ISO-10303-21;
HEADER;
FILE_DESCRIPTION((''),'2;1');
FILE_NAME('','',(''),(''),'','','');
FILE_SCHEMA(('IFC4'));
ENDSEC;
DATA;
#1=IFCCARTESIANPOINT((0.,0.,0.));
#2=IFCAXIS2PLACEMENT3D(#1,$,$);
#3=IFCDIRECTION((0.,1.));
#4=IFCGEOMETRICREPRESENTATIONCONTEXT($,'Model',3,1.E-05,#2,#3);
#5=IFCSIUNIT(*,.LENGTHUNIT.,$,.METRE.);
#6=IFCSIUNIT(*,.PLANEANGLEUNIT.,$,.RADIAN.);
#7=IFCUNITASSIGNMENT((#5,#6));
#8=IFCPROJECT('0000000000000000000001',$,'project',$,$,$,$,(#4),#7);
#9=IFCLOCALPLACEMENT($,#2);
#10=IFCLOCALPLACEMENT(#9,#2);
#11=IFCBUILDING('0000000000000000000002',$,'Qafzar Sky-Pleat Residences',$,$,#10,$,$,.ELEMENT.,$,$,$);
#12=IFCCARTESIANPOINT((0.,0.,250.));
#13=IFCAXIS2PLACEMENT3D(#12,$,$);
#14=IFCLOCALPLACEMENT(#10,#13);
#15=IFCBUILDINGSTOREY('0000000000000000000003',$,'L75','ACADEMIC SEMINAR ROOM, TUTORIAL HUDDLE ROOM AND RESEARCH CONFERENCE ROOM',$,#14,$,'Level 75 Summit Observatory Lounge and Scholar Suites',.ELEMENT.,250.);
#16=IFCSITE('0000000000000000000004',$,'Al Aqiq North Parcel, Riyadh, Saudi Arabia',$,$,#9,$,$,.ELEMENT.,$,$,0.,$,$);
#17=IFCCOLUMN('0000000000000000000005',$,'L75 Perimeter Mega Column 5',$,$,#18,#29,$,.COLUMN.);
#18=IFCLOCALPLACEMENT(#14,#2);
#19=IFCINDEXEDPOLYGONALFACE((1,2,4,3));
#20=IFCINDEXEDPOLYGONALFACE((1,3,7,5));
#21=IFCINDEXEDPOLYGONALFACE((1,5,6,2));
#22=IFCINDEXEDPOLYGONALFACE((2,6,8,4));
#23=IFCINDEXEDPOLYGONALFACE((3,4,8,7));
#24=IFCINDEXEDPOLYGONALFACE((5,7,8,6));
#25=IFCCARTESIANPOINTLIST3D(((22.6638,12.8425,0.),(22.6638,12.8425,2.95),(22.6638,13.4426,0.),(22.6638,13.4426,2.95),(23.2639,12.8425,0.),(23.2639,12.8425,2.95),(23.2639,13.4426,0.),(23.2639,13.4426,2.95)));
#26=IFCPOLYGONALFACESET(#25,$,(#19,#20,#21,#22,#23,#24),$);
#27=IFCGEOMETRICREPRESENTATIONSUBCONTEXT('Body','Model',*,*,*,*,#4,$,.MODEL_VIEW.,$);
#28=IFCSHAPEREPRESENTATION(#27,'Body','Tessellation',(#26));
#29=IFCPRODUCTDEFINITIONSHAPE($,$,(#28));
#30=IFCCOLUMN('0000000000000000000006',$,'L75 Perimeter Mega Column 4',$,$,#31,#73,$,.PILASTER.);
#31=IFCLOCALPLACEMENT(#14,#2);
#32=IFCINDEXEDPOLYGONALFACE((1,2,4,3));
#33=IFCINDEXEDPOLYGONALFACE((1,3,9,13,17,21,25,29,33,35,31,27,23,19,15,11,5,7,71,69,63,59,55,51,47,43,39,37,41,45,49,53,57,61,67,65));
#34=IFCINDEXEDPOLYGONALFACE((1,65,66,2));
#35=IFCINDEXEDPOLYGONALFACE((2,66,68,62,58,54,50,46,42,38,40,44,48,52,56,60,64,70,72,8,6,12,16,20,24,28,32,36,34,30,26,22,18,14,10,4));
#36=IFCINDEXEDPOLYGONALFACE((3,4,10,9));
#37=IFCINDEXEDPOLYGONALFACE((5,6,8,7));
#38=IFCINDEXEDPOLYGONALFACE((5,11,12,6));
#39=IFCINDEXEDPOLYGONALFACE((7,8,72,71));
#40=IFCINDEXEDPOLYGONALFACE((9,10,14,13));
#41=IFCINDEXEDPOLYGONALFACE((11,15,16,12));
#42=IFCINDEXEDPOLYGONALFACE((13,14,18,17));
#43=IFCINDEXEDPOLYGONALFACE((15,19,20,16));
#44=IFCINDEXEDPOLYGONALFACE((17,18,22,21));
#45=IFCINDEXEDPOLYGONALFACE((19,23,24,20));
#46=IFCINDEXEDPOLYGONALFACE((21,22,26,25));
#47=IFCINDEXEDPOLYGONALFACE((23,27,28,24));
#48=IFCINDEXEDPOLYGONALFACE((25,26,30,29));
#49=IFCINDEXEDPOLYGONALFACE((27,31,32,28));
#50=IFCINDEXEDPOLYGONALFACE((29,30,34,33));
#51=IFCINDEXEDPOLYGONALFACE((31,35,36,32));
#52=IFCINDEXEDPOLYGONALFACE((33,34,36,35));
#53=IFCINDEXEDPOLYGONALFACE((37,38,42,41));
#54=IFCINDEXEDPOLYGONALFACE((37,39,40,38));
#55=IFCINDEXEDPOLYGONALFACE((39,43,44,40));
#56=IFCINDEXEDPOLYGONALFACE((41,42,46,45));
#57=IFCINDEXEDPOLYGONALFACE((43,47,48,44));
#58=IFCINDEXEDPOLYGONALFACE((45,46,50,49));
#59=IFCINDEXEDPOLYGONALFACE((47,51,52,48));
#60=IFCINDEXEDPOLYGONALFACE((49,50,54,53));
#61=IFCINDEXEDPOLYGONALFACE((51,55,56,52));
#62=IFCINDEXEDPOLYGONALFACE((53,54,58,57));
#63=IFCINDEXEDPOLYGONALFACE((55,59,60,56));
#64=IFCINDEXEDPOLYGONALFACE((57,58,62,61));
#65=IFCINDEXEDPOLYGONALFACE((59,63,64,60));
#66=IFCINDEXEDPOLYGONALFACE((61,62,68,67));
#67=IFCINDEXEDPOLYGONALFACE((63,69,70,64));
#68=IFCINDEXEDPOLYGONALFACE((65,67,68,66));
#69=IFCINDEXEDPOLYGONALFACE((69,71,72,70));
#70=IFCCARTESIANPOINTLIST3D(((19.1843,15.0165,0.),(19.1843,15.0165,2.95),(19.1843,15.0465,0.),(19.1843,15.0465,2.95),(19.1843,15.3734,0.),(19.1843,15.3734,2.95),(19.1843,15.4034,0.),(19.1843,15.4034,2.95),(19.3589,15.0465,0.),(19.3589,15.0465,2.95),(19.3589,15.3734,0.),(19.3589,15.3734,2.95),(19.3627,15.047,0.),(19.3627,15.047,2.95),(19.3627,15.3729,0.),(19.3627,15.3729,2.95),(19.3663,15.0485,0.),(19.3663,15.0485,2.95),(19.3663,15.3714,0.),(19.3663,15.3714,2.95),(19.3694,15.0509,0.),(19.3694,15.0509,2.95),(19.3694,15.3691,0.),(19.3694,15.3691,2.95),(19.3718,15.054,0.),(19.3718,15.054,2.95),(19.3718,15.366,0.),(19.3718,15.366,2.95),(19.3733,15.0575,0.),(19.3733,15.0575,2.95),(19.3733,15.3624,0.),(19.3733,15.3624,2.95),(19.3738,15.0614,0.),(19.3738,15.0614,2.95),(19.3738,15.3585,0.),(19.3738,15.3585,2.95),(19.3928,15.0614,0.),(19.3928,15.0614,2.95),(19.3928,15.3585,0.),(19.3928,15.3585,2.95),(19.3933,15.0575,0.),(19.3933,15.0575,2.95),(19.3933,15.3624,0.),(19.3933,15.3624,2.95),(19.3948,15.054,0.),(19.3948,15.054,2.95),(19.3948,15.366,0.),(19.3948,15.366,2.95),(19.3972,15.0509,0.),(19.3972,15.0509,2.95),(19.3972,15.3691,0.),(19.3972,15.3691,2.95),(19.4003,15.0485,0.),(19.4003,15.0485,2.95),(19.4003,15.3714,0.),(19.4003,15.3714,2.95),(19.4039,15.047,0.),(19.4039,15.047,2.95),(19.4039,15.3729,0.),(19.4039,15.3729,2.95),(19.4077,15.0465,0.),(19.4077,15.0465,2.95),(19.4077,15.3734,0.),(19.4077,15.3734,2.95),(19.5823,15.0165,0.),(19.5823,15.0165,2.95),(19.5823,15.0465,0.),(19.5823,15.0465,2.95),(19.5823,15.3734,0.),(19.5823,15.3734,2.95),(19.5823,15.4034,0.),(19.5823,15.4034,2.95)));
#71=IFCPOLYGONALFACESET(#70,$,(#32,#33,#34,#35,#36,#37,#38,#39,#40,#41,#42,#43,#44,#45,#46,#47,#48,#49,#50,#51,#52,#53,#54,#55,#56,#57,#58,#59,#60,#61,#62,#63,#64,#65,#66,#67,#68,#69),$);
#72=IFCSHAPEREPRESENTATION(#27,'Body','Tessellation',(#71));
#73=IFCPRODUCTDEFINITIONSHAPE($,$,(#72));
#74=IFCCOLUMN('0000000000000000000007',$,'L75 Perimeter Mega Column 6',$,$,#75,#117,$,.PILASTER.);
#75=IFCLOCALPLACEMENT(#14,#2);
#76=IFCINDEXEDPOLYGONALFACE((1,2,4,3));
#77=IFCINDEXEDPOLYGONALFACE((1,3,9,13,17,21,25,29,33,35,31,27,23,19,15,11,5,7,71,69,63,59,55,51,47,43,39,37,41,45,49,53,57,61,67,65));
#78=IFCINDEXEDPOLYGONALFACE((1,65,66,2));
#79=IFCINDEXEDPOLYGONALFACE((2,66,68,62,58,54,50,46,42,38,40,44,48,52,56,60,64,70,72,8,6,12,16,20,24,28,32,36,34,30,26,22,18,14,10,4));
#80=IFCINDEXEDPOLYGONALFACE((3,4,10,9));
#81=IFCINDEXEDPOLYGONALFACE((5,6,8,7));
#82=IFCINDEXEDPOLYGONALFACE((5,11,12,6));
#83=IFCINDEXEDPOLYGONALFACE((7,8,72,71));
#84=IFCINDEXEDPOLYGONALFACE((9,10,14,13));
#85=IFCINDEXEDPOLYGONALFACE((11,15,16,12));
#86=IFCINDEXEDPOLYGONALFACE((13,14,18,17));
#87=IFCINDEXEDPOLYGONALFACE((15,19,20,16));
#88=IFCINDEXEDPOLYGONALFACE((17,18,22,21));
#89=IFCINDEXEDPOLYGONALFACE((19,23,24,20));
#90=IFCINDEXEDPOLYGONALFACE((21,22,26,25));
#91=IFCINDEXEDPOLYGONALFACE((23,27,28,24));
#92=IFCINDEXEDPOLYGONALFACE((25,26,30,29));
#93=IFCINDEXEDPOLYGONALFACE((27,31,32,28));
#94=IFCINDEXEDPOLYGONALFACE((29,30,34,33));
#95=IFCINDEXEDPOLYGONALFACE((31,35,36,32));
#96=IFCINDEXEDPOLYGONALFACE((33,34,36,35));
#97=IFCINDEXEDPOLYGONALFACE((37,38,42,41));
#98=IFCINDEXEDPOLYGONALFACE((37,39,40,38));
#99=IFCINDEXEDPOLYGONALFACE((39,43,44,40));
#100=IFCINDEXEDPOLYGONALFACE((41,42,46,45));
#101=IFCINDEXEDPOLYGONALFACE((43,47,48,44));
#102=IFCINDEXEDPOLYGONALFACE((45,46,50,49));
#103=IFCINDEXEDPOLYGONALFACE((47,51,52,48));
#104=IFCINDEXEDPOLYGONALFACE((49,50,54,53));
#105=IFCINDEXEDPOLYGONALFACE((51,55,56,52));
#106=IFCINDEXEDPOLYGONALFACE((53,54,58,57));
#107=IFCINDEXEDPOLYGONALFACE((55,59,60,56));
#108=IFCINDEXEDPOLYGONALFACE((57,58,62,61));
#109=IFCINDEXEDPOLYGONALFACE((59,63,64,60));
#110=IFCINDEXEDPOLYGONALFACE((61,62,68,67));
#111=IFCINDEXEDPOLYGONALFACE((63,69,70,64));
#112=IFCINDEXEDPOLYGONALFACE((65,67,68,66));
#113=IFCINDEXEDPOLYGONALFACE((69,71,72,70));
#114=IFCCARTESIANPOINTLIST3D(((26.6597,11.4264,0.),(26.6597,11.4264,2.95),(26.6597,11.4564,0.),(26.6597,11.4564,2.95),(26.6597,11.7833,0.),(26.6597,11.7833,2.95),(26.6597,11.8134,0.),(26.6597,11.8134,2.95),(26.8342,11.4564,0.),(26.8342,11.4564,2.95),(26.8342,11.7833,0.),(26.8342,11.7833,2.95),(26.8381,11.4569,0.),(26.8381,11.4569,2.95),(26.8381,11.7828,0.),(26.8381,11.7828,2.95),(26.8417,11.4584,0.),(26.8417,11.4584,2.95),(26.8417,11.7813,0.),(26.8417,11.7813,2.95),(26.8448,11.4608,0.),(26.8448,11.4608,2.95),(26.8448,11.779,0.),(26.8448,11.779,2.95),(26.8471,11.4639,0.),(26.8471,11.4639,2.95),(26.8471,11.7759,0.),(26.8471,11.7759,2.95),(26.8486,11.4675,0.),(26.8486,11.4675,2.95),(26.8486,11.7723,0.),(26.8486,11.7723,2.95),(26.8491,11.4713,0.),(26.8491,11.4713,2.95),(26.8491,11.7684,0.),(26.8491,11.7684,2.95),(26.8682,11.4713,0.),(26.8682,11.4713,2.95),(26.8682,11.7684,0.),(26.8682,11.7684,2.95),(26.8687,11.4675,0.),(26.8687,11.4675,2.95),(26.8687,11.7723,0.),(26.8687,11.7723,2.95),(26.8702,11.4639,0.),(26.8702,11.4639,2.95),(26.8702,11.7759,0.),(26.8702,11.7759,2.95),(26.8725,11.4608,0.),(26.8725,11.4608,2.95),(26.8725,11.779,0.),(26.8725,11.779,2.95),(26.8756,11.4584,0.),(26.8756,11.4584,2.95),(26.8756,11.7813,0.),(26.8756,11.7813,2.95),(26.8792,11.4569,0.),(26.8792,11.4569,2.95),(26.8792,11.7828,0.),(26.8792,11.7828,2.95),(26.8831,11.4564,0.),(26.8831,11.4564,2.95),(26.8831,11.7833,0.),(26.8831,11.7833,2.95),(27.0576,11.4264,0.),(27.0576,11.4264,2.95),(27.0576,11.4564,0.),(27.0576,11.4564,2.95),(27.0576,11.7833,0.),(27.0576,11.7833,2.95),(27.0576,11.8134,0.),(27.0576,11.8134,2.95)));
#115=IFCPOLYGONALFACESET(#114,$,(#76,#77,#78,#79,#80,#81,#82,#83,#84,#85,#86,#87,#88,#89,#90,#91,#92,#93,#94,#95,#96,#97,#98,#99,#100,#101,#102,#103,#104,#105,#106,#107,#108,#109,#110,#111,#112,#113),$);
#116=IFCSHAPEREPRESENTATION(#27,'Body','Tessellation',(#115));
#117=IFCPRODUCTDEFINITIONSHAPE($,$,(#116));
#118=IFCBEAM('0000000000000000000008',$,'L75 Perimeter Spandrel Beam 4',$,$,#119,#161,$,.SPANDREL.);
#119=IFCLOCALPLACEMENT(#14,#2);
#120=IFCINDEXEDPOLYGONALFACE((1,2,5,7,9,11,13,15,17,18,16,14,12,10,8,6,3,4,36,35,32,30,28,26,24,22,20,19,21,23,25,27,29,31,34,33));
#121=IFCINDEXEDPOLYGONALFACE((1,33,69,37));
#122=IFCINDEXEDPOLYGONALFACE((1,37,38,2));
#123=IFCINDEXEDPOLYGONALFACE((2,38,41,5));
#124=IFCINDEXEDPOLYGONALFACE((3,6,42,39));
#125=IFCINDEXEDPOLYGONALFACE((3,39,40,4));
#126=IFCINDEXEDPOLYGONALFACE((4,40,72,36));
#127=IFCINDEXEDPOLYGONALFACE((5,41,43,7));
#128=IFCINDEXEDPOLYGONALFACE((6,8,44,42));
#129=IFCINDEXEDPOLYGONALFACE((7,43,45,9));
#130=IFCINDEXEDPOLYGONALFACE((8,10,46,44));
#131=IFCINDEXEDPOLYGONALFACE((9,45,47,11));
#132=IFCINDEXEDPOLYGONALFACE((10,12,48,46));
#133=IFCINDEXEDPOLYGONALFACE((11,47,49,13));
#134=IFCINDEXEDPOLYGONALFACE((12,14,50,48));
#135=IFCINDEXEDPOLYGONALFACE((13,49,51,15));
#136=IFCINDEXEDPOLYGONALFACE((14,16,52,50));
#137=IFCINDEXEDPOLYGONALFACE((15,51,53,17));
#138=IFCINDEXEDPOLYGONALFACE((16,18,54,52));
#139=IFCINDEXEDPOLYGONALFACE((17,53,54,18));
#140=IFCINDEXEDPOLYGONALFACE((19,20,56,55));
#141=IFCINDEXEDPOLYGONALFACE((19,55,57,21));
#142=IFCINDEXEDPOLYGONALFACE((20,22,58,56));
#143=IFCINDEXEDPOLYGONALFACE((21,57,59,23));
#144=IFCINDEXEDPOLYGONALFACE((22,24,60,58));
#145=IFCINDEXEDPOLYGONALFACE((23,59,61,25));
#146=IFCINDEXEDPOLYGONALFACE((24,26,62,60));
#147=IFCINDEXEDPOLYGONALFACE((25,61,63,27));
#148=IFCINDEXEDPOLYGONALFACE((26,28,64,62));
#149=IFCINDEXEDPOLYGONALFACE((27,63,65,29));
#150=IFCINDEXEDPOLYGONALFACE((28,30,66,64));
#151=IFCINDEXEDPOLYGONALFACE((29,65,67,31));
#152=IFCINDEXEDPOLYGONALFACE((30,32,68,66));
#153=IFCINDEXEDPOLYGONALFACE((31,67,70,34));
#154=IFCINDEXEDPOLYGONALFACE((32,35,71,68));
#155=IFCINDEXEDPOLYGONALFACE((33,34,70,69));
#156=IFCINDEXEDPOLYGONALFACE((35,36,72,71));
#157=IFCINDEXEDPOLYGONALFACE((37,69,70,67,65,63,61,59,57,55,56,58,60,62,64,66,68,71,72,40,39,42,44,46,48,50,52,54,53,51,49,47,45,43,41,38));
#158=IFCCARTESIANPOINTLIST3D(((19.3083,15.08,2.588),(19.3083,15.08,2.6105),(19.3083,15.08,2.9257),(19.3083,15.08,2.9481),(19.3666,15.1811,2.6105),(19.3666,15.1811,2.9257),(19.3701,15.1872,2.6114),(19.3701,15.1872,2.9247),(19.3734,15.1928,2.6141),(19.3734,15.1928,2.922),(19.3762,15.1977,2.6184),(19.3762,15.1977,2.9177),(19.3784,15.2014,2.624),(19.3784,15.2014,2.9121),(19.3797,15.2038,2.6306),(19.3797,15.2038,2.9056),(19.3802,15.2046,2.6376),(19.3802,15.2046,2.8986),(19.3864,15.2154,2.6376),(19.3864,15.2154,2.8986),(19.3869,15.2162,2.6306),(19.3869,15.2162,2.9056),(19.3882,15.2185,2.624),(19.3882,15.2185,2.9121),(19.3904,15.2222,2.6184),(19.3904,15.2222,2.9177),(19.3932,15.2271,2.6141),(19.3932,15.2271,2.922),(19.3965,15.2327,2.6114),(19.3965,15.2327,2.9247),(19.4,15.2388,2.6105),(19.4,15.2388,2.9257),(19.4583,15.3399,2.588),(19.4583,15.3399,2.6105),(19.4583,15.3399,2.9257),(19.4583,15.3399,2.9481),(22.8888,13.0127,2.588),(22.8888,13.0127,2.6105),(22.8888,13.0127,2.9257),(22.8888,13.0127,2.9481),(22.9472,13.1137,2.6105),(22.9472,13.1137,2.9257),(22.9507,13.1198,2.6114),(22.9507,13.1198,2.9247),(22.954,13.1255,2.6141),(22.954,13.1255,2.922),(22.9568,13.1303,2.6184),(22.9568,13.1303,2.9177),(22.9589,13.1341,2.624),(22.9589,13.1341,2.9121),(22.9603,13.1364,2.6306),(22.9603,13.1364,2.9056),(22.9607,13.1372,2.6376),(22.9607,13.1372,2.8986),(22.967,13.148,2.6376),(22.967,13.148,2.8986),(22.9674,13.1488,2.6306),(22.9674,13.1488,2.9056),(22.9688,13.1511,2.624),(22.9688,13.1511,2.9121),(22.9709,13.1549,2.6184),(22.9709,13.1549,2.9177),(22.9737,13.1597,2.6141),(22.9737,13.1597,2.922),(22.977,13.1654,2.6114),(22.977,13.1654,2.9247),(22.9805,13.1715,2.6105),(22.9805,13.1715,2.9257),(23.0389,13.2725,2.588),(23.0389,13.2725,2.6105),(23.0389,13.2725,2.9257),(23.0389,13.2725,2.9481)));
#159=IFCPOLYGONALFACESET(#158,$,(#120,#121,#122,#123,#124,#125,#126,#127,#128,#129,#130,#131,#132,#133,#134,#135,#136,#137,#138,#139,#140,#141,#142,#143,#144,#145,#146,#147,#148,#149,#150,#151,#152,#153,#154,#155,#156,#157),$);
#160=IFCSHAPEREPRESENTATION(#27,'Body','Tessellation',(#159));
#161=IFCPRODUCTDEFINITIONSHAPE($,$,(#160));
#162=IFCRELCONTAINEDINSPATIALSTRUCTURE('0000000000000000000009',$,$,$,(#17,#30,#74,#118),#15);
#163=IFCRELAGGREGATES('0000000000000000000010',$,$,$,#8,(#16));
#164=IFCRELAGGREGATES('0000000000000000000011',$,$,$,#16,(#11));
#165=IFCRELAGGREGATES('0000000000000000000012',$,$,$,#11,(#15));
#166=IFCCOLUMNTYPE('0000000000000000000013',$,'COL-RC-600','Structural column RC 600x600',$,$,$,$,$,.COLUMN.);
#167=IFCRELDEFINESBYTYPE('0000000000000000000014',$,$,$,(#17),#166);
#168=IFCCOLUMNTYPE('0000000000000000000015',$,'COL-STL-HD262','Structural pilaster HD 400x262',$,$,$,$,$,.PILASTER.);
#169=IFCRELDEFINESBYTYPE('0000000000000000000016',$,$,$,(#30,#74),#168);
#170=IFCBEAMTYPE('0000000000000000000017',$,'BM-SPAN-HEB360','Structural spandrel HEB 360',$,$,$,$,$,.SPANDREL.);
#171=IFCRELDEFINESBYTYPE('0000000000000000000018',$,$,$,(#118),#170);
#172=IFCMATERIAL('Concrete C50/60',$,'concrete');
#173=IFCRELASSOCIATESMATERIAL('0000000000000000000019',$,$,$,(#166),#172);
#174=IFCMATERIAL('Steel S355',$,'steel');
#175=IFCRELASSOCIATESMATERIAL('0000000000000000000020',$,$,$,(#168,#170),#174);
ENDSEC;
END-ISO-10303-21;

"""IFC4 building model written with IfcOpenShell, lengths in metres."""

from ifc_helpers import new_model, si_unit, direction, frame, origin, origin_2d, place, context, subcontext, project, spatial, rectangle, i_section, extrude, source, transform, mapped, material, material_profile, profile_set, type_object, element, save


model = new_model("IFC4")

# Units and contexts
model_context = context("Model", 3, precision=1e-05, world=origin(), true_north=direction((0.0, 1.0)))
body_context = subcontext(model_context, "Body", "Model", "MODEL_VIEW")
ifc_project = project(units=[si_unit("LENGTHUNIT", "METRE"), si_unit("PLANEANGLEUNIT", "RADIAN")], contexts=[model_context])

# Site, building, storey
site_placement = place(None, origin())
site = spatial("IfcSite", under=ifc_project, at=site_placement, Name="Al Aqiq North Parcel, Riyadh, Saudi Arabia", CompositionType="ELEMENT", RefElevation=0.0)
building_placement = place(site_placement, origin())
building = spatial("IfcBuilding", under=site, at=building_placement, Name="Qafzar Sky-Pleat Residences", CompositionType="ELEMENT")
storey_placement = place(building_placement, frame((0.0, 0.0, 250.0)))
storey = spatial("IfcBuildingStorey", under=building, at=storey_placement, Name="L75", Description="ACADEMIC SEMINAR ROOM, TUTORIAL HUDDLE ROOM AND RESEARCH CONFERENCE ROOM", LongName="Level 75 Summit Observatory Lounge and Scholar Suites", CompositionType="ELEMENT", Elevation=250.0)

# Columns
ifc_material_1 = material(Name="Concrete C50/60", Category="concrete")
ifc_material_profile_1 = material_profile(ifc_material_1, rectangle(XDim=0.6001, YDim=0.6001, at=origin_2d()), Name="RC 600x600")
ifc_profile_set_1 = profile_set([ifc_material_profile_1], Name="Concrete C50/60")
column_type_1 = type_object("IfcColumnType", Name="COL-RC-600", Description="Structural column RC 600x600", PredefinedType="COLUMN", material=ifc_profile_set_1)
shared_shape_1 = source(origin(), body_context, "Body", "SweptSolid", [
    extrude(rectangle(XDim=0.6001, YDim=0.6001, at=origin_2d()), origin(), (0.0, 0.0, 1.0), 2.95),
])
column_placement = place(storey_placement, frame((22.9639, 13.1426, 0.0), z_axis=(0.0, 0.0, 1.0), x_axis=(1.0, 0.0, 0.0)))
element("IfcColumn", 1, at=column_placement, inside=storey, type_object=column_type_1, Name="L75 Perimeter Mega Column 5", PredefinedType="COLUMN", context=body_context, shape_type="MappedRepresentation", body=[
    mapped(shared_shape_1, transform((0.0, 0.0, 0.0), x_axis=(1.0, 0.0, 0.0), y_axis=(0.0, 1.0, 0.0), z_axis=(0.0, 0.0, 1.0), scale=1.0)),
])
ifc_material_2 = material(Name="Steel S355", Category="steel")
ifc_material_profile_2 = material_profile(ifc_material_2, i_section(OverallWidth=0.3979, OverallDepth=0.387, WebThickness=0.019, FlangeThickness=0.03, FilletRadius=0.0149, at=origin_2d()), Name="HD 400x262")
ifc_profile_set_2 = profile_set([ifc_material_profile_2], Name="Steel S355")
column_type_2 = type_object("IfcColumnType", Name="COL-STL-HD262", Description="Structural pilaster HD 400x262", PredefinedType="PILASTER", material=ifc_profile_set_2)
shared_shape_2 = source(origin(), body_context, "Body", "SweptSolid", [
    extrude(i_section(OverallWidth=0.3979, OverallDepth=0.387, WebThickness=0.019, FlangeThickness=0.03, FilletRadius=0.0149, at=origin_2d()), origin(), (0.0, 0.0, 1.0), 2.95),
])
for number, where, z_axis, x_axis, name in (
    (2, (19.3833, 15.21, 0.0), (0.0, 0.0, 1.0), (1.0, 0.0, 0.0), "L75 Perimeter Mega Column 4"),
    (3, (26.8586, 11.6199, 0.0), (0.0, 0.0, 1.0), (1.0, 0.0, 0.0), "L75 Perimeter Mega Column 6"),
):
    element("IfcColumn", number, at=place(storey_placement, frame(where, z_axis=z_axis, x_axis=x_axis)), inside=storey, type_object=column_type_2, Name=name, PredefinedType="PILASTER", context=body_context, shape_type="MappedRepresentation", body=[
        mapped(shared_shape_2, transform((0.0, 0.0, 0.0), x_axis=(1.0, 0.0, 0.0), y_axis=(0.0, 1.0, 0.0), z_axis=(0.0, 0.0, 1.0), scale=1.0)),
    ])

# Beam
ifc_material_profile_3 = material_profile(ifc_material_2, i_section(OverallWidth=0.3, OverallDepth=0.3601, WebThickness=0.0125, FlangeThickness=0.0225, FilletRadius=0.0271, at=origin_2d()), Name="HEB 360")
ifc_profile_set_3 = profile_set([ifc_material_profile_3], Name="Steel S355")
beam_type_1 = type_object("IfcBeamType", Name="BM-SPAN-HEB360", Description="Structural spandrel HEB 360", PredefinedType="SPANDREL", material=ifc_profile_set_3)
shared_shape_3 = source(origin(), body_context, "Body", "SweptSolid", [
    extrude(i_section(OverallWidth=0.3, OverallDepth=0.3601, WebThickness=0.0125, FlangeThickness=0.0225, FilletRadius=0.0271, at=origin_2d()), origin(), (0.0, 0.0, 1.0), 4.1345),
])
beam_1_placement = place(storey_placement, frame((19.3833, 15.21, 2.7681), z_axis=(0.866011, -0.500026, 0.0), x_axis=(0.500026, 0.866011, 0.0)))
element("IfcBeam", 4, at=beam_1_placement, inside=storey, type_object=beam_type_1, Name="L75 Perimeter Spandrel Beam 4", PredefinedType="SPANDREL", context=body_context, shape_type="MappedRepresentation", body=[
    mapped(shared_shape_3, transform((0.0, 0.0, 0.0), x_axis=(1.0, 0.0, 0.0), y_axis=(0.0, 1.0, 0.0), z_axis=(0.0, 0.0, 1.0), scale=1.0)),
])

save(model, "model.ifc")
